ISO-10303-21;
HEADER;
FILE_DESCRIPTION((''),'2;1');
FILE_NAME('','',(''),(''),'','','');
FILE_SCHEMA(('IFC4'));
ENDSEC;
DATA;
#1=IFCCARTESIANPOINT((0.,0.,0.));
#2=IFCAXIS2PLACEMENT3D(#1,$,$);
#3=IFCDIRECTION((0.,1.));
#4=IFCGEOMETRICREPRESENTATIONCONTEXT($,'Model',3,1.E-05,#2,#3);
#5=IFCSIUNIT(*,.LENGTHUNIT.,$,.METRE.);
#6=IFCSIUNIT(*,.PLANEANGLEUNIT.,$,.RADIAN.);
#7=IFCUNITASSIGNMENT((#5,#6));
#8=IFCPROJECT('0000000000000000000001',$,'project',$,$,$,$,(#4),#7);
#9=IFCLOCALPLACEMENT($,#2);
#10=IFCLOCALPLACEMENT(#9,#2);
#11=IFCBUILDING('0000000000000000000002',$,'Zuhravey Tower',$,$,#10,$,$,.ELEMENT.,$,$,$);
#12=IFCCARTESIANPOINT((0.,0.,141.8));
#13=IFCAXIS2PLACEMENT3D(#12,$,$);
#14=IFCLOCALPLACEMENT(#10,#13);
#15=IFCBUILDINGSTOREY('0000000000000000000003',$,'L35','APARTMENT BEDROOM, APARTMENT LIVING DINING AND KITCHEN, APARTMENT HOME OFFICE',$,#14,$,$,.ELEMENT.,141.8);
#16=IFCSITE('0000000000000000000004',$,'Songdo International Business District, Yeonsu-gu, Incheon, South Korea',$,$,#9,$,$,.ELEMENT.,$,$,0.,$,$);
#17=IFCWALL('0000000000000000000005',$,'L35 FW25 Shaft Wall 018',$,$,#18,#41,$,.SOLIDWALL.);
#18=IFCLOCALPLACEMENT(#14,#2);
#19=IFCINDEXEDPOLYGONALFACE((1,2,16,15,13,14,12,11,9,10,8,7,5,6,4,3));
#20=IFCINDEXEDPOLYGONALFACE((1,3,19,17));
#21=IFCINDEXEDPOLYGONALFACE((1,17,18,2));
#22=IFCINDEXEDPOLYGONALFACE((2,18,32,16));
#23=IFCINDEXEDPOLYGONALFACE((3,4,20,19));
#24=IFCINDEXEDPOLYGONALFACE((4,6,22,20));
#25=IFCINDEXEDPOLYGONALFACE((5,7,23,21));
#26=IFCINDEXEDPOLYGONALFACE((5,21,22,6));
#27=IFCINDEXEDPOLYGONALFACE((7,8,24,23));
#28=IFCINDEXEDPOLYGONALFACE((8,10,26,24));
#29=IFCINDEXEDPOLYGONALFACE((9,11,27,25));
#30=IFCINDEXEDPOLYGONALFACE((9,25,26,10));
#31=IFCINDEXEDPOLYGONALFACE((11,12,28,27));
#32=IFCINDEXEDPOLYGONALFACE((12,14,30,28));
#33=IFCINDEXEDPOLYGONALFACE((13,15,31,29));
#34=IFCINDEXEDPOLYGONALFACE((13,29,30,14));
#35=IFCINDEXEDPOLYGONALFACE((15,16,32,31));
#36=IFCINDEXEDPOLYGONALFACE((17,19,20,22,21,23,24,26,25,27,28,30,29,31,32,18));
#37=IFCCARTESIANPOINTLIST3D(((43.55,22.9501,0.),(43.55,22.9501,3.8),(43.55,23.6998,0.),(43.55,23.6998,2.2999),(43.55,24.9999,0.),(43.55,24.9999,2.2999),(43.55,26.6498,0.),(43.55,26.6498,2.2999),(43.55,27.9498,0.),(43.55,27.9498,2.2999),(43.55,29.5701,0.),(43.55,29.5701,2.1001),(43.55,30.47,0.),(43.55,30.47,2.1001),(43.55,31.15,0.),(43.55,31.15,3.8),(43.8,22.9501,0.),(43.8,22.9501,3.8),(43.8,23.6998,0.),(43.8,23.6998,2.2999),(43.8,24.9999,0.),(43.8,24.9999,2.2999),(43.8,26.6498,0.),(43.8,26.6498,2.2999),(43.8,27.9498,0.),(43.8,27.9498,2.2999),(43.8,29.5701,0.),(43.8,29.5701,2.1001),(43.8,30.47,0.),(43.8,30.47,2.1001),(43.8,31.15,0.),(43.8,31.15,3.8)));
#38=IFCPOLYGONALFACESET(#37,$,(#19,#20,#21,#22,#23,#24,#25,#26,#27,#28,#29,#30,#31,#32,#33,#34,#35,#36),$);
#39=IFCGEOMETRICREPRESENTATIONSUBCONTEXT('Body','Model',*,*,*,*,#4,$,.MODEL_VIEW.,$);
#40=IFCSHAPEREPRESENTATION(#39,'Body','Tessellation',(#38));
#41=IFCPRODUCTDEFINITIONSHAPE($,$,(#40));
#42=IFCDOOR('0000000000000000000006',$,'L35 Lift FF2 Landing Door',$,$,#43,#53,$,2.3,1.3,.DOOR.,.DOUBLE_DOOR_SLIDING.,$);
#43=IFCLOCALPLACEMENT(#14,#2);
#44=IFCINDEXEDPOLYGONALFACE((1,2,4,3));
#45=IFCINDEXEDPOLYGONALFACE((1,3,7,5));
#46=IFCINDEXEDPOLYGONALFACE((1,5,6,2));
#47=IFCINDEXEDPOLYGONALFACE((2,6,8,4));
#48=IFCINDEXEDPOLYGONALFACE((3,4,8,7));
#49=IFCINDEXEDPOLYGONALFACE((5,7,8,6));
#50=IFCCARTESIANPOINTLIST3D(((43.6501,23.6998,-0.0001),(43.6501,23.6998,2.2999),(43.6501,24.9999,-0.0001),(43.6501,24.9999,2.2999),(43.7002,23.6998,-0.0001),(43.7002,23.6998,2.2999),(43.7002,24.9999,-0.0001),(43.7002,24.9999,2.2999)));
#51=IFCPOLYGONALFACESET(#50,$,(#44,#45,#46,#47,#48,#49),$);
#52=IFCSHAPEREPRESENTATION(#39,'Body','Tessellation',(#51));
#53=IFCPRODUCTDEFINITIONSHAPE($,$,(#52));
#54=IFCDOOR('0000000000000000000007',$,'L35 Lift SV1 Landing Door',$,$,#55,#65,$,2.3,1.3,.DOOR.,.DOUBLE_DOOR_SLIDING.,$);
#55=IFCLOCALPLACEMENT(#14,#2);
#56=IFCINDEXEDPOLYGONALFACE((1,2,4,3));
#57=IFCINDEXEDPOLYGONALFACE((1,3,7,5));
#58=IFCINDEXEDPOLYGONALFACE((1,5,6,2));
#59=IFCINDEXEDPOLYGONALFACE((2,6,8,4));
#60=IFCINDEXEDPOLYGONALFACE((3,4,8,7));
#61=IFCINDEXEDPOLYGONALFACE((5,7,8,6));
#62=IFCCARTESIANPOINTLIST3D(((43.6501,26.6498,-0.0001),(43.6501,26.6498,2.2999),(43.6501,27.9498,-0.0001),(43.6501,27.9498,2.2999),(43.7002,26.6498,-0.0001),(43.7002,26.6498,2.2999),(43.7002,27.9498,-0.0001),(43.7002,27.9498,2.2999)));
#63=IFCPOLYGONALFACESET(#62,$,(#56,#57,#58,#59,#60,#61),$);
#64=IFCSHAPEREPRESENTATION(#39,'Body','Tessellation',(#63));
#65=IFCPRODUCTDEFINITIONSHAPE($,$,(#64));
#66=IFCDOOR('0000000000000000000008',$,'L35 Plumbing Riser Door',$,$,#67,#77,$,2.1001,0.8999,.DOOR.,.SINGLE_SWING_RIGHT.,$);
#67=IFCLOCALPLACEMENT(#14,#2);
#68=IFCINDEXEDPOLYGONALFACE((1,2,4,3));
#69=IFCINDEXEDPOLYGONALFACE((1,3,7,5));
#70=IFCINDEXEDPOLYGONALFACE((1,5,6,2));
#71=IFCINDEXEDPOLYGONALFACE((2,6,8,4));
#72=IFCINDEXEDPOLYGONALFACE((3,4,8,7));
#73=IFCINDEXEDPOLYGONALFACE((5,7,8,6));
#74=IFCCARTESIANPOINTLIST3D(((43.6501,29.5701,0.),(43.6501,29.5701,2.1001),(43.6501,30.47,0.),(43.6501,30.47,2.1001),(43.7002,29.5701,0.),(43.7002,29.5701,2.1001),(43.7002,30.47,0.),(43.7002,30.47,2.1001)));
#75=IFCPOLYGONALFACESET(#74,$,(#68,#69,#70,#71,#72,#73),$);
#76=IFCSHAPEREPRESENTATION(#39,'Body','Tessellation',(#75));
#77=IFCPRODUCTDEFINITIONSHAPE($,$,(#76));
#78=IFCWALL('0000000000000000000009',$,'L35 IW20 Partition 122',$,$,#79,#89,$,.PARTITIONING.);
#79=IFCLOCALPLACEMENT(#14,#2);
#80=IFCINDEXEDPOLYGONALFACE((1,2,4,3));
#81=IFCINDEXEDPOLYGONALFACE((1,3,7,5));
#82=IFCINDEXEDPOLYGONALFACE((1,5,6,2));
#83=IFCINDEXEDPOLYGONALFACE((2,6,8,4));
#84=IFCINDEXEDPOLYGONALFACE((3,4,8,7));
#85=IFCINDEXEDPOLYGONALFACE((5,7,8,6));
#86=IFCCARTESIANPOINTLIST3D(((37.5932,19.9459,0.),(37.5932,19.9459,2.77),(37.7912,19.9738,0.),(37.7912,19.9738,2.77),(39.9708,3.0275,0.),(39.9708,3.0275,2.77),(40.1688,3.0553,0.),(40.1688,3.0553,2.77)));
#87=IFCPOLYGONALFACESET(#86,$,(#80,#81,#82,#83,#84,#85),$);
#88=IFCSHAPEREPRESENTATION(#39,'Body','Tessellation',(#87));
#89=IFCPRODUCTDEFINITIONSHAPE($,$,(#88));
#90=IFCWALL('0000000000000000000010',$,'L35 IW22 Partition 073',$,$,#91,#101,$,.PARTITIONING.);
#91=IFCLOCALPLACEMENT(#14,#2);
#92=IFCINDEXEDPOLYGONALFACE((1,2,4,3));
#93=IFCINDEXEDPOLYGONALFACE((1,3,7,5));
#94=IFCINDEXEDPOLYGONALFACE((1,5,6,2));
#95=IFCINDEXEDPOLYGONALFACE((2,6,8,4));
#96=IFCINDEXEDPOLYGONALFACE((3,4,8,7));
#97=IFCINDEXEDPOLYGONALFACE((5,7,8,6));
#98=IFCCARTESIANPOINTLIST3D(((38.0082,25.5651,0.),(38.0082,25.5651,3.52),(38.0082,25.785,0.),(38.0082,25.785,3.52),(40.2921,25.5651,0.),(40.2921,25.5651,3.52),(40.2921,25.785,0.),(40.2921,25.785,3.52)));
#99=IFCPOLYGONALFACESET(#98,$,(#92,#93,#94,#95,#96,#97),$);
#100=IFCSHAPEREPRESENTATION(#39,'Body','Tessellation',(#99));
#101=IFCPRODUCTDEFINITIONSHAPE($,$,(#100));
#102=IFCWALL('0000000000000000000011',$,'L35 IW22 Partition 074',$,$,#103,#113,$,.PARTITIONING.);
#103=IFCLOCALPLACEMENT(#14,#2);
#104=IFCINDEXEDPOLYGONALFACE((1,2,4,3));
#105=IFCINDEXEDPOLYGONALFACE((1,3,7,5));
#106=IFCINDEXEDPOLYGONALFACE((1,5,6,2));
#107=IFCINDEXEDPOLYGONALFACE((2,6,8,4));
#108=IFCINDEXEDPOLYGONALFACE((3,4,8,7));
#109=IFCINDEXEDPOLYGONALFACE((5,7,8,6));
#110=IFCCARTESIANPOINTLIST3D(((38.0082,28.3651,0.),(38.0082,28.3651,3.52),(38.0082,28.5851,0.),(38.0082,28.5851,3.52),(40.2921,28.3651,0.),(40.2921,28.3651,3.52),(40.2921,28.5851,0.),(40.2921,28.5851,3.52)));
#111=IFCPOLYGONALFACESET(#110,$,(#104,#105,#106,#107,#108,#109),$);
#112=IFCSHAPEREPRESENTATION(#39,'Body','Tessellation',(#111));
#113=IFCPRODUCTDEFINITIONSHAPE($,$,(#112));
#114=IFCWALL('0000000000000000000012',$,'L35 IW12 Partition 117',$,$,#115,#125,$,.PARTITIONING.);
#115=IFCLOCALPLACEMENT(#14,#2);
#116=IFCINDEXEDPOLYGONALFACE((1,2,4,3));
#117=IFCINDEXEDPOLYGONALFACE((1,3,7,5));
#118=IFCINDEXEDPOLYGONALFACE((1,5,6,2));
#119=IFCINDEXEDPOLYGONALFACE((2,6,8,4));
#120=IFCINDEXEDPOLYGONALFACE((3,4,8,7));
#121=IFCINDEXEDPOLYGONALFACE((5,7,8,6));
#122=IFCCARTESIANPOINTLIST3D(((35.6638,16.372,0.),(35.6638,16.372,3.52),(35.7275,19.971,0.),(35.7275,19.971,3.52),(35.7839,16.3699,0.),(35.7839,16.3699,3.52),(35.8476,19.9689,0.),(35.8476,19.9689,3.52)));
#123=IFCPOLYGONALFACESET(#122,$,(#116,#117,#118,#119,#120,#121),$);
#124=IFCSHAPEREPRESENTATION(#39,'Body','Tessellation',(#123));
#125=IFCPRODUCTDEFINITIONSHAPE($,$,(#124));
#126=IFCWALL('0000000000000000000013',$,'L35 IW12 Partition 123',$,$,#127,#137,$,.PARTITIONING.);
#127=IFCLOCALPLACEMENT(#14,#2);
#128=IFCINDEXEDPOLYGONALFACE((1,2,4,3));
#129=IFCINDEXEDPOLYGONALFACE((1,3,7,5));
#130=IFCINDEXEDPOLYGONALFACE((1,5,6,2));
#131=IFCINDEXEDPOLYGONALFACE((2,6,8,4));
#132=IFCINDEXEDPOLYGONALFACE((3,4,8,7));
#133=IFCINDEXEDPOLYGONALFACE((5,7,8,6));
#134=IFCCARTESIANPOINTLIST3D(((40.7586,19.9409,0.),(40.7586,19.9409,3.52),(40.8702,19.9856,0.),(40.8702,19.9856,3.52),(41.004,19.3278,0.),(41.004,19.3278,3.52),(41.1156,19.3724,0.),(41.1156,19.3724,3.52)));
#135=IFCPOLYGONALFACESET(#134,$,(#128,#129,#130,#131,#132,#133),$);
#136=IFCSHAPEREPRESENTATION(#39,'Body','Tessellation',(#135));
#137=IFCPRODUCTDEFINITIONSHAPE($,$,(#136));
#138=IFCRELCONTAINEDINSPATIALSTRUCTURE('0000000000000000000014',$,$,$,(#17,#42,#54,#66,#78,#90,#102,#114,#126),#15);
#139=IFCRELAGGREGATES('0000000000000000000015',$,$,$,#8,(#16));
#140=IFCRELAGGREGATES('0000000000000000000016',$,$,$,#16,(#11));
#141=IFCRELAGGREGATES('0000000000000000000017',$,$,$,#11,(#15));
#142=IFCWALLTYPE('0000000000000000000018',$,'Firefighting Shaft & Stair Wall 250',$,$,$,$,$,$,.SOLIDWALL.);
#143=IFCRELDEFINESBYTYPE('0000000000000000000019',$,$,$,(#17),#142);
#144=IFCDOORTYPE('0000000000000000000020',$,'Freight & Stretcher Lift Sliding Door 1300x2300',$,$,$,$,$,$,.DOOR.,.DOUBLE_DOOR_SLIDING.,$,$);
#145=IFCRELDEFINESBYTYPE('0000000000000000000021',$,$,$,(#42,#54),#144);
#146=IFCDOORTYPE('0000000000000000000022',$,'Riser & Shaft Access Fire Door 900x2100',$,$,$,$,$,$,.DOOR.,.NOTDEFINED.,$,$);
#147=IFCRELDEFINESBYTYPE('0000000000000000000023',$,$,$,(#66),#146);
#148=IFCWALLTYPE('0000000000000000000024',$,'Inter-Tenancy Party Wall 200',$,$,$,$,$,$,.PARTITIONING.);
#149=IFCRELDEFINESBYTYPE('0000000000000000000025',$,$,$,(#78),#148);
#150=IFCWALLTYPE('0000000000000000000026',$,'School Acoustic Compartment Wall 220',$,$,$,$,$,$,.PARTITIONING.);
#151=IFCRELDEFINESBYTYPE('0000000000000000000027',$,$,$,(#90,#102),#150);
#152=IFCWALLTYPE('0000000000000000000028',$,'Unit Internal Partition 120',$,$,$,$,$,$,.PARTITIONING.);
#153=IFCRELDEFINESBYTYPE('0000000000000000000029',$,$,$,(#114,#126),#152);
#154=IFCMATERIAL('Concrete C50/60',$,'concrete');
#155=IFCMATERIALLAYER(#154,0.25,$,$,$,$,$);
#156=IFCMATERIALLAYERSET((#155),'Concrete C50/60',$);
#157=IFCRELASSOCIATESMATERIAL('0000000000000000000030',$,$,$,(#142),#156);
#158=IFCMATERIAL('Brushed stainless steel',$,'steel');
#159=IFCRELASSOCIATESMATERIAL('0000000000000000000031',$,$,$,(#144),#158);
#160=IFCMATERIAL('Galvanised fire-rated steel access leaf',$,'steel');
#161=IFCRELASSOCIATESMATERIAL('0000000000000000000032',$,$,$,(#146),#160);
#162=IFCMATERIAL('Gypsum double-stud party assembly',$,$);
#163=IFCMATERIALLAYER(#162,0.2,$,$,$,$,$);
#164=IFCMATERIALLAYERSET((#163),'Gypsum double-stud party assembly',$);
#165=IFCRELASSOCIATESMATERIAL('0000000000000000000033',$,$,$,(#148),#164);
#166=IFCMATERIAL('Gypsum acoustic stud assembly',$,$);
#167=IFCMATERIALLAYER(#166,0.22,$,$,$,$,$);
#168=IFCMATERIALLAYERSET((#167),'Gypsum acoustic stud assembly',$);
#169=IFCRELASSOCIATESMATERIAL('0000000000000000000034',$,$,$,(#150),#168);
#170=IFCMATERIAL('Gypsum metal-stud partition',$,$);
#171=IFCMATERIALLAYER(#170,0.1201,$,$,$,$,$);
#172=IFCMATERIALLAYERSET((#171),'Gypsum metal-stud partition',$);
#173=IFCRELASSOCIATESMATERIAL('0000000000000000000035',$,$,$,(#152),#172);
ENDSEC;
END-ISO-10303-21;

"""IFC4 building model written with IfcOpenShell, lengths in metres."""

from ifc_helpers import new_model, si_unit, direction, frame, frame_2d, origin, place, context, subcontext, project, spatial, rectangle, extrude, material, layer, layer_set, type_object, element, fill, save


model = new_model("IFC4")

# Units and contexts
model_context = context("Model", 3, precision=1e-05, world=origin(), true_north=direction((0.0, 1.0)))
body_context = subcontext(model_context, "Body", "Model", "MODEL_VIEW")
ifc_project = project(units=[si_unit("LENGTHUNIT", "METRE"), si_unit("PLANEANGLEUNIT", "RADIAN")], contexts=[model_context])

# Site, building, storey
site_placement = place(None, origin())
site = spatial("IfcSite", under=ifc_project, at=site_placement, Name="Songdo International Business District, Yeonsu-gu, Incheon, South Korea", CompositionType="ELEMENT", RefElevation=0.0)
building_placement = place(site_placement, origin())
building = spatial("IfcBuilding", under=site, at=building_placement, Name="Zuhravey Tower", CompositionType="ELEMENT")
storey_placement = place(building_placement, frame((0.0, 0.0, 141.8)))
storey = spatial("IfcBuildingStorey", under=building, at=storey_placement, Name="L35", Description="APARTMENT BEDROOM, APARTMENT LIVING DINING AND KITCHEN, APARTMENT HOME OFFICE", CompositionType="ELEMENT", Elevation=141.8)

# Shared definitions
ifc_material_1 = material(Name="Concrete C50/60", Category="concrete")
ifc_layer_1 = layer(ifc_material_1, 0.25)
ifc_layer_set_1 = layer_set([ifc_layer_1], Name="Concrete C50/60")
wall_type_1 = type_object("IfcWallType", Name="Firefighting Shaft & Stair Wall 250", PredefinedType="SOLIDWALL", material=ifc_layer_set_1)

# Shared definitions
ifc_material_2 = material(Name="Brushed stainless steel", Category="steel")

# Wall, openings, doors
wall_1_placement = place(storey_placement, frame((43.675, 22.95, 0.0), z_axis=(0.0, 0.0, 1.0), x_axis=(0.0, 1.0, 0.0)))
wall_1 = element("IfcWall", 1, at=wall_1_placement, inside=storey, type_object=wall_type_1, Name="L35 FW25 Shaft Wall 018", PredefinedType="SOLIDWALL", context=body_context, shape_type="SweptSolid", body=[
    extrude(rectangle(XDim=8.2, YDim=0.25, at=frame_2d((4.1001, 0.0))), origin(), (0.0, 0.0, 1.0), 3.8),
])
opening_1_placement = place(wall_1_placement, frame((0.75, 0.0, 0.0)))
opening_1 = element("IfcOpeningElement", 2, at=opening_1_placement, cuts=wall_1, PredefinedType="OPENING", context=body_context, shape_type="SweptSolid", body=[
    extrude(rectangle(XDim=1.3, YDim=2.3, at=frame_2d((0.6499, 1.1499))), frame((0.0, 0.137, 0.0), z_axis=(0.0, -1.0, 0.0), x_axis=(1.0, 0.0, 0.0)), (0.0, 0.0, 1.0), 0.2739),
])
opening_2_placement = place(wall_1_placement, frame((3.7, 0.0, 0.0)))
opening_2 = element("IfcOpeningElement", 3, at=opening_2_placement, cuts=wall_1, PredefinedType="OPENING", context=body_context, shape_type="SweptSolid", body=[
    extrude(rectangle(XDim=1.3, YDim=2.3, at=frame_2d((0.6499, 1.1499))), frame((0.0, 0.137, 0.0), z_axis=(0.0, -1.0, 0.0), x_axis=(1.0, 0.0, 0.0)), (0.0, 0.0, 1.0), 0.2739),
])
opening_3_placement = place(wall_1_placement, frame((6.6201, 0.0, 0.0)))
opening_3 = element("IfcOpeningElement", 4, at=opening_3_placement, cuts=wall_1, PredefinedType="OPENING", context=body_context, shape_type="SweptSolid", body=[
    extrude(rectangle(XDim=0.8999, YDim=2.1001, at=frame_2d((0.45, 1.05))), frame((0.0, 0.137, 0.0), z_axis=(0.0, -1.0, 0.0), x_axis=(1.0, 0.0, 0.0)), (0.0, 0.0, 1.0), 0.2739),
])
door_type_1 = type_object("IfcDoorType", Name="Freight & Stretcher Lift Sliding Door 1300x2300", OperationType="DOUBLE_DOOR_SLIDING", PredefinedType="DOOR", material=ifc_material_2)
door_1_placement = place(opening_1_placement, origin())
door_1 = element("IfcDoor", 5, at=door_1_placement, inside=storey, type_object=door_type_1, Name="L35 Lift FF2 Landing Door", OperationType="DOUBLE_DOOR_SLIDING", OverallHeight=2.3, OverallWidth=1.3, PredefinedType="DOOR", context=body_context, shape_type="SweptSolid", body=[
    extrude(rectangle(XDim=1.3, YDim=2.3, at=frame_2d((0.6499, 1.1499))), frame((0.0, 0.0249, 0.0), z_axis=(0.0, -1.0, 0.0), x_axis=(1.0, 0.0, 0.0)), (0.0, 0.0, 1.0), 0.05),
])
fill(opening_1, door_1)
door_2_placement = place(opening_2_placement, origin())
door_2 = element("IfcDoor", 6, at=door_2_placement, inside=storey, type_object=door_type_1, Name="L35 Lift SV1 Landing Door", OperationType="DOUBLE_DOOR_SLIDING", OverallHeight=2.3, OverallWidth=1.3, PredefinedType="DOOR", context=body_context, shape_type="SweptSolid", body=[
    extrude(rectangle(XDim=1.3, YDim=2.3, at=frame_2d((0.6499, 1.1499))), frame((0.0, 0.0249, 0.0), z_axis=(0.0, -1.0, 0.0), x_axis=(1.0, 0.0, 0.0)), (0.0, 0.0, 1.0), 0.05),
])
fill(opening_2, door_2)
ifc_material_3 = material(Name="Galvanised fire-rated steel access leaf", Category="steel")
door_type_2 = type_object("IfcDoorType", Name="Riser & Shaft Access Fire Door 900x2100", OperationType="NOTDEFINED", PredefinedType="DOOR", material=ifc_material_3)
door_3_placement = place(opening_3_placement, origin())
door_3 = element("IfcDoor", 7, at=door_3_placement, inside=storey, type_object=door_type_2, Name="L35 Plumbing Riser Door", OperationType="SINGLE_SWING_RIGHT", OverallHeight=2.1001, OverallWidth=0.8999, PredefinedType="DOOR", context=body_context, shape_type="SweptSolid", body=[
    extrude(rectangle(XDim=0.8999, YDim=2.1001, at=frame_2d((0.45, 1.05))), frame((0.0, 0.0249, 0.0), z_axis=(0.0, -1.0, 0.0), x_axis=(1.0, 0.0, 0.0)), (0.0, 0.0, 1.0), 0.05),
])
fill(opening_3, door_3)

# Walls
ifc_material_4 = material(Name="Gypsum double-stud party assembly")
ifc_layer_2 = layer(ifc_material_4, 0.2)
ifc_layer_set_2 = layer_set([ifc_layer_2], Name="Gypsum double-stud party assembly")
wall_type_2 = type_object("IfcWallType", Name="Inter-Tenancy Party Wall 200", PredefinedType="PARTITIONING", material=ifc_layer_set_2)
wall_2_placement = place(storey_placement, frame((37.6921, 19.96, 0.0), z_axis=(0.0, 0.0, 1.0), x_axis=(0.13917, -0.990268, 0.0)))
element("IfcWall", 8, at=wall_2_placement, inside=storey, type_object=wall_type_2, Name="L35 IW20 Partition 122", PredefinedType="PARTITIONING", context=body_context, shape_type="SweptSolid", body=[
    extrude(rectangle(XDim=17.0847, YDim=0.2, at=frame_2d((8.5425, 0.0))), origin(), (0.0, 0.0, 1.0), 2.77),
])
ifc_material_5 = material(Name="Gypsum acoustic stud assembly")
ifc_layer_3 = layer(ifc_material_5, 0.22)
ifc_layer_set_3 = layer_set([ifc_layer_3], Name="Gypsum acoustic stud assembly")
wall_type_3 = type_object("IfcWallType", Name="School Acoustic Compartment Wall 220", PredefinedType="PARTITIONING", material=ifc_layer_set_3)
for number, where, z_axis, x_axis, name in (
    (9, (38.0081, 25.675, 0.0), (0.0, 0.0, 1.0), (1.0, 0.0, 0.0), "L35 IW22 Partition 073"),
    (10, (38.0081, 28.4751, 0.0), (0.0, 0.0, 1.0), (1.0, 0.0, 0.0), "L35 IW22 Partition 074"),
):
    element("IfcWall", number, at=place(storey_placement, frame(where, z_axis=z_axis, x_axis=x_axis)), inside=storey, type_object=wall_type_3, Name=name, PredefinedType="PARTITIONING", context=body_context, shape_type="SweptSolid", body=[
        extrude(rectangle(XDim=2.2839, YDim=0.22, at=frame_2d((1.1421, 0.0))), origin(), (0.0, 0.0, 1.0), 3.52),
    ])
ifc_material_6 = material(Name="Gypsum metal-stud partition")
ifc_layer_4 = layer(ifc_material_6, 0.1201)
ifc_layer_set_4 = layer_set([ifc_layer_4], Name="Gypsum metal-stud partition")
wall_type_4 = type_object("IfcWallType", Name="Unit Internal Partition 120", PredefinedType="PARTITIONING", material=ifc_layer_set_4)
wall_3_placement = place(storey_placement, frame((35.7876, 19.97, 0.0), z_axis=(0.0, 0.0, 1.0), x_axis=(-0.017702, -0.999843, 0.0)))
element("IfcWall", 11, at=wall_3_placement, inside=storey, type_object=wall_type_4, Name="L35 IW12 Partition 117", PredefinedType="PARTITIONING", context=body_context, shape_type="SweptSolid", body=[
    extrude(rectangle(XDim=3.5996, YDim=0.1201, at=frame_2d((1.7998, 0.0))), origin(), (0.0, 0.0, 1.0), 3.52),
])
wall_4_placement = place(storey_placement, frame((40.8145, 19.9631, 0.0), z_axis=(0.0, 0.0, 1.0), x_axis=(0.371582, -0.9284, 0.0)))
element("IfcWall", 12, at=wall_4_placement, inside=storey, type_object=wall_type_4, Name="L35 IW12 Partition 123", PredefinedType="PARTITIONING", context=body_context, shape_type="SweptSolid", body=[
    extrude(rectangle(XDim=0.6604, YDim=0.1201, at=frame_2d((0.3301, 0.0))), origin(), (0.0, 0.0, 1.0), 3.52),
])

save(model, "model.ifc")
